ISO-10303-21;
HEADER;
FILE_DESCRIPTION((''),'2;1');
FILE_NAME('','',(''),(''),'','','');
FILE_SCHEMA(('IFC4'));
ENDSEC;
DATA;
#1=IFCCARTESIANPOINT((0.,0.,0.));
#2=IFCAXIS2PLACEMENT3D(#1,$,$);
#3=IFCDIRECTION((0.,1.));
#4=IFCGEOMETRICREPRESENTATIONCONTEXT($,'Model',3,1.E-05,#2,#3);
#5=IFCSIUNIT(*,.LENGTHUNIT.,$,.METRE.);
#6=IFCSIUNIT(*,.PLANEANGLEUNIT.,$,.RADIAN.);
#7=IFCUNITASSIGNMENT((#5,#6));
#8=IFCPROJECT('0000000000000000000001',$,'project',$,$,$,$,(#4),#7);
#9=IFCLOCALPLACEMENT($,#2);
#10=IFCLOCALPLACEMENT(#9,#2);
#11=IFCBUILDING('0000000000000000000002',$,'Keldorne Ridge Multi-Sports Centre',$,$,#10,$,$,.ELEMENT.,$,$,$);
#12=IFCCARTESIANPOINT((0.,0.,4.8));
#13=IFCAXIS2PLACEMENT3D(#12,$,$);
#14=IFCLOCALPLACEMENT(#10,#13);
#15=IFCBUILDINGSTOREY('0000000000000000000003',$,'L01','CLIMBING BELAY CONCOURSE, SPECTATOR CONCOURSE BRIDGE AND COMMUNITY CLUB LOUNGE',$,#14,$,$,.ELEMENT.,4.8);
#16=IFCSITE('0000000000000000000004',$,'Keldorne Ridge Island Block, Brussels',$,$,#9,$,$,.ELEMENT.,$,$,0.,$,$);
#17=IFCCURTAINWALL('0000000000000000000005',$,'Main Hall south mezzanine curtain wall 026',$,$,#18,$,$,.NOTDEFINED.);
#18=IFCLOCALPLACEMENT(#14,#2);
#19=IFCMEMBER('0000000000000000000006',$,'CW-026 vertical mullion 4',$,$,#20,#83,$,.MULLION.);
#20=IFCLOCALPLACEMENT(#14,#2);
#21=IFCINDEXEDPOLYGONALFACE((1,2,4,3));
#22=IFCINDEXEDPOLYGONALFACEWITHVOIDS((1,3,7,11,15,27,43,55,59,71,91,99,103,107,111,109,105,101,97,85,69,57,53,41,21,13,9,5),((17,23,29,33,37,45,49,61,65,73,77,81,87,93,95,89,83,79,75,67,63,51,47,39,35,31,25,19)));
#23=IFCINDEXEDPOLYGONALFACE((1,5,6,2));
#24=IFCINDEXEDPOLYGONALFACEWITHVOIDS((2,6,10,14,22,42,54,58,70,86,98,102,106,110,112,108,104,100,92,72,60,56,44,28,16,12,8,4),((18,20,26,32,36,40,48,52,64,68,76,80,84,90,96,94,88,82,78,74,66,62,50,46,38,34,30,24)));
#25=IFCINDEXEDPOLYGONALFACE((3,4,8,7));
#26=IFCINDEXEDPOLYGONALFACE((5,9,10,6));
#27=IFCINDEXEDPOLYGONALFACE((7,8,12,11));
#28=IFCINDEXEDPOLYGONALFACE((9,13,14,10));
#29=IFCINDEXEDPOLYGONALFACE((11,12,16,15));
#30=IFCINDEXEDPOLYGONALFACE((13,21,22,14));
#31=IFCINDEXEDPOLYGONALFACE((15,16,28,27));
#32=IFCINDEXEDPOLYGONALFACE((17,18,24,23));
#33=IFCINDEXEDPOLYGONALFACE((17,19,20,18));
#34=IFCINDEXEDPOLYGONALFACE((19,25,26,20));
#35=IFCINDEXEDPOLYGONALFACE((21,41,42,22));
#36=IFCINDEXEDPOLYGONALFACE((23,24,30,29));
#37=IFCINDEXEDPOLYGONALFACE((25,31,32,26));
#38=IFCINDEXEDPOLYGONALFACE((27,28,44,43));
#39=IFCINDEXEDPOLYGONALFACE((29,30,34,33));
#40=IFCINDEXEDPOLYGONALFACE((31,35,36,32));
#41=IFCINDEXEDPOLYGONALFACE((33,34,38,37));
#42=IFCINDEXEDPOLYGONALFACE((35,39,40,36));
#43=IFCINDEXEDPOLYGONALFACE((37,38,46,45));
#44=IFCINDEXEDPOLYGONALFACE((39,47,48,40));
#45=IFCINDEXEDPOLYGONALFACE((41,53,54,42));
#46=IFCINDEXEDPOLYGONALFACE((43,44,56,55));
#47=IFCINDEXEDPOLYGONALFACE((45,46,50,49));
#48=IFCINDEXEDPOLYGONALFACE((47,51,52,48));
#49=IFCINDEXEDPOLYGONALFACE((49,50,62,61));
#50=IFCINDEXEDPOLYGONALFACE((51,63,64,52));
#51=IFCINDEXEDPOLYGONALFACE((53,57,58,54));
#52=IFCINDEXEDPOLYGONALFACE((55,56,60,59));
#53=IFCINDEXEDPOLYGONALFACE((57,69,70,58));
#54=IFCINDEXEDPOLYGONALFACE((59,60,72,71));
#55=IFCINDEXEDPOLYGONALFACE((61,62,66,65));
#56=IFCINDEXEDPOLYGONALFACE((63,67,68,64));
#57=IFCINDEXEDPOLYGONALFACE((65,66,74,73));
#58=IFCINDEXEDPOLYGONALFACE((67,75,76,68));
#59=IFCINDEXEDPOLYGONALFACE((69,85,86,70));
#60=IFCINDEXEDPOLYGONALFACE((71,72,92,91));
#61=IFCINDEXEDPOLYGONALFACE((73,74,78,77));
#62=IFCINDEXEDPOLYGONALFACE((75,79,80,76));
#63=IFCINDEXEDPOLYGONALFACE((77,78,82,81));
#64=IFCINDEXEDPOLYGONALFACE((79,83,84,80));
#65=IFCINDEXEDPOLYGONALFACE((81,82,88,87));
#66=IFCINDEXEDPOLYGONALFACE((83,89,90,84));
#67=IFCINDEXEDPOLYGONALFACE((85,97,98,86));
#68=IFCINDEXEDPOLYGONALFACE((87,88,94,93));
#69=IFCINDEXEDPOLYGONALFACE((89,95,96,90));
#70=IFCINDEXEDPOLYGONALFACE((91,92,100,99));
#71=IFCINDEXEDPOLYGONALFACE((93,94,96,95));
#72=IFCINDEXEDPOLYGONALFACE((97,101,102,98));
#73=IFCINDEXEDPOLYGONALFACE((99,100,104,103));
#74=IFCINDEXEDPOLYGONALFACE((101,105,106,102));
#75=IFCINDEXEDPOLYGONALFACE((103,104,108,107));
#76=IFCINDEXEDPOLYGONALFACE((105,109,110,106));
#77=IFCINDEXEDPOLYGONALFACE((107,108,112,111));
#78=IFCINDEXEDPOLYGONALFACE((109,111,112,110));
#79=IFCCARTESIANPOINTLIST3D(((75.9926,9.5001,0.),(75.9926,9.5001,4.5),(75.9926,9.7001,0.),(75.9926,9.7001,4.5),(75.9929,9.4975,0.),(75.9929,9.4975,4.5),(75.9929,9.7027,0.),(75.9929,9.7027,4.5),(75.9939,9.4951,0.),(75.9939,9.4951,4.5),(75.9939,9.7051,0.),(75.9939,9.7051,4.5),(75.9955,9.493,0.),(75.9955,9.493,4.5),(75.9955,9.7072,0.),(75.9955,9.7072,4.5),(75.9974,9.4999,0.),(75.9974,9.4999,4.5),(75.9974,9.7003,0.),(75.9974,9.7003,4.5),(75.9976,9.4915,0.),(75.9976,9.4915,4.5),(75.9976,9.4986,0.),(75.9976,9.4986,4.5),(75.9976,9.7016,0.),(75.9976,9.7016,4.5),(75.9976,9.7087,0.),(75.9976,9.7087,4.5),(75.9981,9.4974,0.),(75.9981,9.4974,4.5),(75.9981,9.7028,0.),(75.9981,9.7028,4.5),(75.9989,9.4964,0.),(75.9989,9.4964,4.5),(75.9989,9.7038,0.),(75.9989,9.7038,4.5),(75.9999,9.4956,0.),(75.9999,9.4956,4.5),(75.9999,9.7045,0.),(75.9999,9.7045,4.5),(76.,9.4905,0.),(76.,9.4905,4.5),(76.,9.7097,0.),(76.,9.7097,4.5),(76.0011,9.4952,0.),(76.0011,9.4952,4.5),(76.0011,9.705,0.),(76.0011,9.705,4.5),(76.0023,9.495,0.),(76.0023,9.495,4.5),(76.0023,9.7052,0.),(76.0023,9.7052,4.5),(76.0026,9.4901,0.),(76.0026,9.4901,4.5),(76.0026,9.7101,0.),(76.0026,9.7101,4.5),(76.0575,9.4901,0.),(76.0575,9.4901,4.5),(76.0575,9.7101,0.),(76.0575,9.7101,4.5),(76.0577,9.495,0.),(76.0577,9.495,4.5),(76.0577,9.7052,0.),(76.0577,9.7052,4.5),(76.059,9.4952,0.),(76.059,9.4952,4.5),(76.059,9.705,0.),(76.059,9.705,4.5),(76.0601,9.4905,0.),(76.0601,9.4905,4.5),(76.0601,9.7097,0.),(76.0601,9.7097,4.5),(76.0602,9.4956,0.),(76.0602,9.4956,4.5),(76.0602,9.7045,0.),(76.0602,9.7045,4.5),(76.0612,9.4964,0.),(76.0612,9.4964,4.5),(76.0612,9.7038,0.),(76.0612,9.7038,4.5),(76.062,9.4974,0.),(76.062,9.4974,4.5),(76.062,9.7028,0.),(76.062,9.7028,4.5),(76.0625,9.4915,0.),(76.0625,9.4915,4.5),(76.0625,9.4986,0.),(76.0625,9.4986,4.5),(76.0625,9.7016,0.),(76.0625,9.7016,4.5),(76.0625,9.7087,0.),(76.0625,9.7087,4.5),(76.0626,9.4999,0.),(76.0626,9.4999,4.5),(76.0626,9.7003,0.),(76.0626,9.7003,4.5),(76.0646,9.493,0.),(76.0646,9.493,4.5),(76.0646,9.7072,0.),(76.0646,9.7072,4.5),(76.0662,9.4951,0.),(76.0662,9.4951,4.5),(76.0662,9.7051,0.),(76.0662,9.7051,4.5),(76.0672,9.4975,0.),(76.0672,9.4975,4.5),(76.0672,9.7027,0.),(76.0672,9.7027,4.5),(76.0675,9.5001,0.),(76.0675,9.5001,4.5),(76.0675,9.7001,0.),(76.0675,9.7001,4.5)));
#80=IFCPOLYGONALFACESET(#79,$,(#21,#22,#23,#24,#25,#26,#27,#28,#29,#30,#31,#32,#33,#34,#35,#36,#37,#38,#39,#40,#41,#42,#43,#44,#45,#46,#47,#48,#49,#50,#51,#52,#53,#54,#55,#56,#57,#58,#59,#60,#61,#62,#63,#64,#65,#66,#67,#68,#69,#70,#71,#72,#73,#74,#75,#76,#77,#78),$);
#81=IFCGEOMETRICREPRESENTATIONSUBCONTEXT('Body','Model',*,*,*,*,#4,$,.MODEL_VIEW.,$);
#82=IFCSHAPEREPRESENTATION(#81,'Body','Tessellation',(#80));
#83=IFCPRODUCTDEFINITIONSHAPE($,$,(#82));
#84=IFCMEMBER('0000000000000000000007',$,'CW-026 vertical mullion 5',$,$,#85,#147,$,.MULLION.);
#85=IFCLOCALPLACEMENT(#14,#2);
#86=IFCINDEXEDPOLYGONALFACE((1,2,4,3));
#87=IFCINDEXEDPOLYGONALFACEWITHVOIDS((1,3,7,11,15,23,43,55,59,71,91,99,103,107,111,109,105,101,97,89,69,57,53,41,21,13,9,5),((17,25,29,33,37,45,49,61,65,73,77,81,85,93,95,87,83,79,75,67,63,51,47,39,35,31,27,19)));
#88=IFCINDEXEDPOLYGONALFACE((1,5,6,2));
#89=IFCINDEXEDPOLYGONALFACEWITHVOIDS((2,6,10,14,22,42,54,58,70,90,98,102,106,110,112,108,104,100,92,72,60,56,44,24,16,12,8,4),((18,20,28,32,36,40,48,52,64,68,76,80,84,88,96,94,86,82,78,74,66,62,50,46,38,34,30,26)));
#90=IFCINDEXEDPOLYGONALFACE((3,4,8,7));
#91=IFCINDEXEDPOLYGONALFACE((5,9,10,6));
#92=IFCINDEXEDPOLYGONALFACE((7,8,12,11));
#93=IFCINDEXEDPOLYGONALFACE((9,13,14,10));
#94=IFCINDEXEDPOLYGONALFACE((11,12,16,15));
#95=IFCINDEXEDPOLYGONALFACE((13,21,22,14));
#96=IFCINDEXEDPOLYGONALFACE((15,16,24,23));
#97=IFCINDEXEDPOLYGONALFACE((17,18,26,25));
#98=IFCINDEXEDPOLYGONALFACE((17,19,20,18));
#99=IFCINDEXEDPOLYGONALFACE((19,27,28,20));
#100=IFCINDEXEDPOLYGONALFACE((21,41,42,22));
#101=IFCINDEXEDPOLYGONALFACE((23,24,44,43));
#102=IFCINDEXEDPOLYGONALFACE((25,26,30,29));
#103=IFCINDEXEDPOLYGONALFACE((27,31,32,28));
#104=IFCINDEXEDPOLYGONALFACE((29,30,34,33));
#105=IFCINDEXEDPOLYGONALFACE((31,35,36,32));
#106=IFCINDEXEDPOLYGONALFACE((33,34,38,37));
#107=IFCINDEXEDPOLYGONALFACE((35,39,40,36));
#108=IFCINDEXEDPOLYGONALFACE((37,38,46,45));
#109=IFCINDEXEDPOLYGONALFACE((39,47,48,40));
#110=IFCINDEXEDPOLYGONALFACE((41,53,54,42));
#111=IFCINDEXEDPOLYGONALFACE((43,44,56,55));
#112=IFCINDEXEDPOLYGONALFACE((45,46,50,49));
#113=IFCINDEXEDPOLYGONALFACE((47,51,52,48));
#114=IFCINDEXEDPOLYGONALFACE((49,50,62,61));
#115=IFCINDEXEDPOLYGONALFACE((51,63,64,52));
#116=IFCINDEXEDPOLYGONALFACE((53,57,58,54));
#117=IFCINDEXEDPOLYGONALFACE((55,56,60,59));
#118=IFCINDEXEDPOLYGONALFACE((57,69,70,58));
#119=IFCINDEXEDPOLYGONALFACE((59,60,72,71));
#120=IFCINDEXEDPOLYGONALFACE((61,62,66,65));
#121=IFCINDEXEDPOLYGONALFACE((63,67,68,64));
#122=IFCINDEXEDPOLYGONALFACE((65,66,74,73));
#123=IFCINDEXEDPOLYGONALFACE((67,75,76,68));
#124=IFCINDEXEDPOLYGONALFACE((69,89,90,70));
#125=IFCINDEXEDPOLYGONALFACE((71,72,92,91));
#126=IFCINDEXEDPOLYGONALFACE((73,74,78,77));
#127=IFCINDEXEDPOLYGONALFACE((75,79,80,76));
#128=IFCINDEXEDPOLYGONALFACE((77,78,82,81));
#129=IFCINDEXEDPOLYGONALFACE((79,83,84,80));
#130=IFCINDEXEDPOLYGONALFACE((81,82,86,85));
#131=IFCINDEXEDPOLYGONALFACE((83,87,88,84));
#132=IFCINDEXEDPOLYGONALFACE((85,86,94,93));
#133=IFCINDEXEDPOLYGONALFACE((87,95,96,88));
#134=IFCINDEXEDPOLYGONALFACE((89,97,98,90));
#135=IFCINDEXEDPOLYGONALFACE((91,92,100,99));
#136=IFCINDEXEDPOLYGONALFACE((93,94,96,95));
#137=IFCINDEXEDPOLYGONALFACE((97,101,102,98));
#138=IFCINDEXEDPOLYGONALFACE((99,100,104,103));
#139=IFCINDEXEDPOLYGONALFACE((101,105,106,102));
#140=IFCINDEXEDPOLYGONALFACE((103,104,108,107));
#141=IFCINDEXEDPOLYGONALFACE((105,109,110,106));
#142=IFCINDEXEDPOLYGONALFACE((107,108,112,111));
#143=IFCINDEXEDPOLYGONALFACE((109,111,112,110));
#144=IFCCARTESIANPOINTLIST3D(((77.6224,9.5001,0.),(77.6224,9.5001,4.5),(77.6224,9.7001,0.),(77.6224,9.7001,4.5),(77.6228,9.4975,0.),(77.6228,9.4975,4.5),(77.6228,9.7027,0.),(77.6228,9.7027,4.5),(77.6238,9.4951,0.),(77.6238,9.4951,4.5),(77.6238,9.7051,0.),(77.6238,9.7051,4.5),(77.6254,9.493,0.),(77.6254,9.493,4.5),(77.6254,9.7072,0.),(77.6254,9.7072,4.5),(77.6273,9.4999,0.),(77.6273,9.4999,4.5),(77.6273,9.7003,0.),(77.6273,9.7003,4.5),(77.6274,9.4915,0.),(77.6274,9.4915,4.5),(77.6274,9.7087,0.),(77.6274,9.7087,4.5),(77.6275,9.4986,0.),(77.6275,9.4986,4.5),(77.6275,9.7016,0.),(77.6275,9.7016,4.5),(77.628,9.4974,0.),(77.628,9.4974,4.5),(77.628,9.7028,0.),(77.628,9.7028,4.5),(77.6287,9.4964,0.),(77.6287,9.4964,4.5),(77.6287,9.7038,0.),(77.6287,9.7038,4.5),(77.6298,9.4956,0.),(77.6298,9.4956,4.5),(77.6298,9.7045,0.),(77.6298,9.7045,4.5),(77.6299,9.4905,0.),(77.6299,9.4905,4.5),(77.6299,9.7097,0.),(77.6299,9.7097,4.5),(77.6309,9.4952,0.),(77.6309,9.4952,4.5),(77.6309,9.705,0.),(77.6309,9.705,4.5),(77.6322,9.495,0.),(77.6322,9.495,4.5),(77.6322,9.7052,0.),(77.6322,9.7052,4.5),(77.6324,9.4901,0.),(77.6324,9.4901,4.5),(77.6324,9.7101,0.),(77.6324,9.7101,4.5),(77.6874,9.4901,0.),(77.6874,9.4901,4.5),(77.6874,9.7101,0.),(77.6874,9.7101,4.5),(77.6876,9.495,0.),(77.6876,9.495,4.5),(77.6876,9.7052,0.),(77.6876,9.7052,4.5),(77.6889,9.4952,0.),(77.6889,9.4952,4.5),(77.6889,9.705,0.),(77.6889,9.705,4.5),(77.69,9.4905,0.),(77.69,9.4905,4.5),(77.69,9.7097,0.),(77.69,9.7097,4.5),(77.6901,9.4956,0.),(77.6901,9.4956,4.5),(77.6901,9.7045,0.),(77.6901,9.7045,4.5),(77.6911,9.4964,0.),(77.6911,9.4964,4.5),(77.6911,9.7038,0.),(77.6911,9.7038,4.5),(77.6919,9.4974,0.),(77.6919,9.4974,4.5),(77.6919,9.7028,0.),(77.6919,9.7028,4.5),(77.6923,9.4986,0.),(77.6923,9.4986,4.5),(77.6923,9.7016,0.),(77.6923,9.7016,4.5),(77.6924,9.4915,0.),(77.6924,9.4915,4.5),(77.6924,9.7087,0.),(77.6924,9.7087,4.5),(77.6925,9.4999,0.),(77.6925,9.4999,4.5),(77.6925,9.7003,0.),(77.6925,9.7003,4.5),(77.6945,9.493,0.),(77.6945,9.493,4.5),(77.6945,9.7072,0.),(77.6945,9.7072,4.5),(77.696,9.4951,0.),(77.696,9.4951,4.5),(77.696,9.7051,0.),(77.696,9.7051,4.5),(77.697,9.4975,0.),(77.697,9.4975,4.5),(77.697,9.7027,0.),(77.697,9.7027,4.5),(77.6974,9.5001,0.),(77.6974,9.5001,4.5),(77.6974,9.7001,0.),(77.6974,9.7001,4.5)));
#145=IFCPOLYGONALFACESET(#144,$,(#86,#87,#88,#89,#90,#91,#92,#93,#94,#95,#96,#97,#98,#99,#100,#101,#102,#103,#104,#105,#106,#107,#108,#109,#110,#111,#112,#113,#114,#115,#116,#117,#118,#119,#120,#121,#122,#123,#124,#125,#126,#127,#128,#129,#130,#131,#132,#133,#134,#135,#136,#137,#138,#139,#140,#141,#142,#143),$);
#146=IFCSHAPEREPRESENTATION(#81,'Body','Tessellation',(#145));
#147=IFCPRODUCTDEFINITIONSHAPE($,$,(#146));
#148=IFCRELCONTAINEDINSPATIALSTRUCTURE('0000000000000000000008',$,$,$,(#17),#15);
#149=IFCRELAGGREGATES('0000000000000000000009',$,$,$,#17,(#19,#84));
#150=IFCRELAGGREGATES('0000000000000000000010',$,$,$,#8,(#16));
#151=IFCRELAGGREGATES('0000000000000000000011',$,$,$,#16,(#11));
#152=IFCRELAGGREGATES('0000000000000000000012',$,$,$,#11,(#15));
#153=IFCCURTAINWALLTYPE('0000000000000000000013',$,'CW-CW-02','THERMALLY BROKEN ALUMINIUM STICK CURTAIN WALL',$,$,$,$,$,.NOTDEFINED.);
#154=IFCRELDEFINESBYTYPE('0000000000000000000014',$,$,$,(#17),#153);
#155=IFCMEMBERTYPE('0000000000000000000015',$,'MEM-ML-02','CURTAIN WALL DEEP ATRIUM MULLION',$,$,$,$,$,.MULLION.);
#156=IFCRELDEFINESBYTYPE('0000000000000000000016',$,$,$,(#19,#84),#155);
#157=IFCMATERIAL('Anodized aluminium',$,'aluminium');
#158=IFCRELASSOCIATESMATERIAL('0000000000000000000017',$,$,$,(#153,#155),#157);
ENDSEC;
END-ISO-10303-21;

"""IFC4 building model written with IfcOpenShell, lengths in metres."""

from ifc_helpers import new_model, si_unit, direction, frame, origin, origin_2d, place, context, subcontext, project, spatial, hollow_rectangle, extrude, material, material_profile, profile_set, type_object, element, aggregate, save


model = new_model("IFC4")

# Units and contexts
model_context = context("Model", 3, precision=1e-05, world=origin(), true_north=direction((0.0, 1.0)))
body_context = subcontext(model_context, "Body", "Model", "MODEL_VIEW")
ifc_project = project(units=[si_unit("LENGTHUNIT", "METRE"), si_unit("PLANEANGLEUNIT", "RADIAN")], contexts=[model_context])

# Site, building, storey
site_placement = place(None, origin())
site = spatial("IfcSite", under=ifc_project, at=site_placement, Name="Keldorne Ridge Island Block, Brussels", CompositionType="ELEMENT", RefElevation=0.0)
building_placement = place(site_placement, origin())
building = spatial("IfcBuilding", under=site, at=building_placement, Name="Keldorne Ridge Multi-Sports Centre", CompositionType="ELEMENT")
storey_placement = place(building_placement, frame((0.0, 0.0, 4.8)))
storey = spatial("IfcBuildingStorey", under=building, at=storey_placement, Name="L01", Description="CLIMBING BELAY CONCOURSE, SPECTATOR CONCOURSE BRIDGE AND COMMUNITY CLUB LOUNGE", CompositionType="ELEMENT", Elevation=4.8)

# Curtain wall, members
ifc_material_1 = material(Name="Anodized aluminium", Category="aluminium")
curtain_wall_type = type_object("IfcCurtainWallType", Name="CW-CW-02", Description="THERMALLY BROKEN ALUMINIUM STICK CURTAIN WALL", PredefinedType="NOTDEFINED", material=ifc_material_1)
curtain_wall_placement = place(storey_placement, origin())
curtain_wall = element("IfcCurtainWall", 1, at=curtain_wall_placement, inside=storey, type_object=curtain_wall_type, Name="Main Hall south mezzanine curtain wall 026", PredefinedType="NOTDEFINED")
ifc_material_profile_1 = material_profile(ifc_material_1, hollow_rectangle(XDim=0.075, YDim=0.22, WallThickness=0.0049, InnerFilletRadius=0.0049, OuterFilletRadius=0.01, at=origin_2d()), Name="ALU MULLION 220x75x5")
ifc_profile_set_1 = profile_set([ifc_material_profile_1], Name="Anodized aluminium")
member_type_1 = type_object("IfcMemberType", Name="MEM-ML-02", Description="CURTAIN WALL DEEP ATRIUM MULLION", PredefinedType="MULLION", material=ifc_profile_set_1)
member_1_placement = place(storey_placement, frame((76.03, 9.6001, 0.0), z_axis=(0.0, 0.0, 1.0), x_axis=(1.0, 0.0, 0.0)))
member_1 = element("IfcMember", 2, at=member_1_placement, type_object=member_type_1, Name="CW-026 vertical mullion 4", PredefinedType="MULLION", context=body_context, shape_type="SweptSolid", body=[
    extrude(hollow_rectangle(XDim=0.075, YDim=0.22, WallThickness=0.0049, InnerFilletRadius=0.0049, OuterFilletRadius=0.01, at=origin_2d()), origin(), (0.0, 0.0, 1.0), 4.5),
])
member_2_placement = place(storey_placement, frame((77.6599, 9.6001, 0.0), z_axis=(0.0, 0.0, 1.0), x_axis=(1.0, 0.0, 0.0)))
member_2 = element("IfcMember", 3, at=member_2_placement, type_object=member_type_1, Name="CW-026 vertical mullion 5", PredefinedType="MULLION", context=body_context, shape_type="SweptSolid", body=[
    extrude(hollow_rectangle(XDim=0.075, YDim=0.22, WallThickness=0.0049, InnerFilletRadius=0.0049, OuterFilletRadius=0.01, at=origin_2d()), origin(), (0.0, 0.0, 1.0), 4.5),
])
aggregate(curtain_wall, [member_1, member_2])

save(model, "model.ifc")
